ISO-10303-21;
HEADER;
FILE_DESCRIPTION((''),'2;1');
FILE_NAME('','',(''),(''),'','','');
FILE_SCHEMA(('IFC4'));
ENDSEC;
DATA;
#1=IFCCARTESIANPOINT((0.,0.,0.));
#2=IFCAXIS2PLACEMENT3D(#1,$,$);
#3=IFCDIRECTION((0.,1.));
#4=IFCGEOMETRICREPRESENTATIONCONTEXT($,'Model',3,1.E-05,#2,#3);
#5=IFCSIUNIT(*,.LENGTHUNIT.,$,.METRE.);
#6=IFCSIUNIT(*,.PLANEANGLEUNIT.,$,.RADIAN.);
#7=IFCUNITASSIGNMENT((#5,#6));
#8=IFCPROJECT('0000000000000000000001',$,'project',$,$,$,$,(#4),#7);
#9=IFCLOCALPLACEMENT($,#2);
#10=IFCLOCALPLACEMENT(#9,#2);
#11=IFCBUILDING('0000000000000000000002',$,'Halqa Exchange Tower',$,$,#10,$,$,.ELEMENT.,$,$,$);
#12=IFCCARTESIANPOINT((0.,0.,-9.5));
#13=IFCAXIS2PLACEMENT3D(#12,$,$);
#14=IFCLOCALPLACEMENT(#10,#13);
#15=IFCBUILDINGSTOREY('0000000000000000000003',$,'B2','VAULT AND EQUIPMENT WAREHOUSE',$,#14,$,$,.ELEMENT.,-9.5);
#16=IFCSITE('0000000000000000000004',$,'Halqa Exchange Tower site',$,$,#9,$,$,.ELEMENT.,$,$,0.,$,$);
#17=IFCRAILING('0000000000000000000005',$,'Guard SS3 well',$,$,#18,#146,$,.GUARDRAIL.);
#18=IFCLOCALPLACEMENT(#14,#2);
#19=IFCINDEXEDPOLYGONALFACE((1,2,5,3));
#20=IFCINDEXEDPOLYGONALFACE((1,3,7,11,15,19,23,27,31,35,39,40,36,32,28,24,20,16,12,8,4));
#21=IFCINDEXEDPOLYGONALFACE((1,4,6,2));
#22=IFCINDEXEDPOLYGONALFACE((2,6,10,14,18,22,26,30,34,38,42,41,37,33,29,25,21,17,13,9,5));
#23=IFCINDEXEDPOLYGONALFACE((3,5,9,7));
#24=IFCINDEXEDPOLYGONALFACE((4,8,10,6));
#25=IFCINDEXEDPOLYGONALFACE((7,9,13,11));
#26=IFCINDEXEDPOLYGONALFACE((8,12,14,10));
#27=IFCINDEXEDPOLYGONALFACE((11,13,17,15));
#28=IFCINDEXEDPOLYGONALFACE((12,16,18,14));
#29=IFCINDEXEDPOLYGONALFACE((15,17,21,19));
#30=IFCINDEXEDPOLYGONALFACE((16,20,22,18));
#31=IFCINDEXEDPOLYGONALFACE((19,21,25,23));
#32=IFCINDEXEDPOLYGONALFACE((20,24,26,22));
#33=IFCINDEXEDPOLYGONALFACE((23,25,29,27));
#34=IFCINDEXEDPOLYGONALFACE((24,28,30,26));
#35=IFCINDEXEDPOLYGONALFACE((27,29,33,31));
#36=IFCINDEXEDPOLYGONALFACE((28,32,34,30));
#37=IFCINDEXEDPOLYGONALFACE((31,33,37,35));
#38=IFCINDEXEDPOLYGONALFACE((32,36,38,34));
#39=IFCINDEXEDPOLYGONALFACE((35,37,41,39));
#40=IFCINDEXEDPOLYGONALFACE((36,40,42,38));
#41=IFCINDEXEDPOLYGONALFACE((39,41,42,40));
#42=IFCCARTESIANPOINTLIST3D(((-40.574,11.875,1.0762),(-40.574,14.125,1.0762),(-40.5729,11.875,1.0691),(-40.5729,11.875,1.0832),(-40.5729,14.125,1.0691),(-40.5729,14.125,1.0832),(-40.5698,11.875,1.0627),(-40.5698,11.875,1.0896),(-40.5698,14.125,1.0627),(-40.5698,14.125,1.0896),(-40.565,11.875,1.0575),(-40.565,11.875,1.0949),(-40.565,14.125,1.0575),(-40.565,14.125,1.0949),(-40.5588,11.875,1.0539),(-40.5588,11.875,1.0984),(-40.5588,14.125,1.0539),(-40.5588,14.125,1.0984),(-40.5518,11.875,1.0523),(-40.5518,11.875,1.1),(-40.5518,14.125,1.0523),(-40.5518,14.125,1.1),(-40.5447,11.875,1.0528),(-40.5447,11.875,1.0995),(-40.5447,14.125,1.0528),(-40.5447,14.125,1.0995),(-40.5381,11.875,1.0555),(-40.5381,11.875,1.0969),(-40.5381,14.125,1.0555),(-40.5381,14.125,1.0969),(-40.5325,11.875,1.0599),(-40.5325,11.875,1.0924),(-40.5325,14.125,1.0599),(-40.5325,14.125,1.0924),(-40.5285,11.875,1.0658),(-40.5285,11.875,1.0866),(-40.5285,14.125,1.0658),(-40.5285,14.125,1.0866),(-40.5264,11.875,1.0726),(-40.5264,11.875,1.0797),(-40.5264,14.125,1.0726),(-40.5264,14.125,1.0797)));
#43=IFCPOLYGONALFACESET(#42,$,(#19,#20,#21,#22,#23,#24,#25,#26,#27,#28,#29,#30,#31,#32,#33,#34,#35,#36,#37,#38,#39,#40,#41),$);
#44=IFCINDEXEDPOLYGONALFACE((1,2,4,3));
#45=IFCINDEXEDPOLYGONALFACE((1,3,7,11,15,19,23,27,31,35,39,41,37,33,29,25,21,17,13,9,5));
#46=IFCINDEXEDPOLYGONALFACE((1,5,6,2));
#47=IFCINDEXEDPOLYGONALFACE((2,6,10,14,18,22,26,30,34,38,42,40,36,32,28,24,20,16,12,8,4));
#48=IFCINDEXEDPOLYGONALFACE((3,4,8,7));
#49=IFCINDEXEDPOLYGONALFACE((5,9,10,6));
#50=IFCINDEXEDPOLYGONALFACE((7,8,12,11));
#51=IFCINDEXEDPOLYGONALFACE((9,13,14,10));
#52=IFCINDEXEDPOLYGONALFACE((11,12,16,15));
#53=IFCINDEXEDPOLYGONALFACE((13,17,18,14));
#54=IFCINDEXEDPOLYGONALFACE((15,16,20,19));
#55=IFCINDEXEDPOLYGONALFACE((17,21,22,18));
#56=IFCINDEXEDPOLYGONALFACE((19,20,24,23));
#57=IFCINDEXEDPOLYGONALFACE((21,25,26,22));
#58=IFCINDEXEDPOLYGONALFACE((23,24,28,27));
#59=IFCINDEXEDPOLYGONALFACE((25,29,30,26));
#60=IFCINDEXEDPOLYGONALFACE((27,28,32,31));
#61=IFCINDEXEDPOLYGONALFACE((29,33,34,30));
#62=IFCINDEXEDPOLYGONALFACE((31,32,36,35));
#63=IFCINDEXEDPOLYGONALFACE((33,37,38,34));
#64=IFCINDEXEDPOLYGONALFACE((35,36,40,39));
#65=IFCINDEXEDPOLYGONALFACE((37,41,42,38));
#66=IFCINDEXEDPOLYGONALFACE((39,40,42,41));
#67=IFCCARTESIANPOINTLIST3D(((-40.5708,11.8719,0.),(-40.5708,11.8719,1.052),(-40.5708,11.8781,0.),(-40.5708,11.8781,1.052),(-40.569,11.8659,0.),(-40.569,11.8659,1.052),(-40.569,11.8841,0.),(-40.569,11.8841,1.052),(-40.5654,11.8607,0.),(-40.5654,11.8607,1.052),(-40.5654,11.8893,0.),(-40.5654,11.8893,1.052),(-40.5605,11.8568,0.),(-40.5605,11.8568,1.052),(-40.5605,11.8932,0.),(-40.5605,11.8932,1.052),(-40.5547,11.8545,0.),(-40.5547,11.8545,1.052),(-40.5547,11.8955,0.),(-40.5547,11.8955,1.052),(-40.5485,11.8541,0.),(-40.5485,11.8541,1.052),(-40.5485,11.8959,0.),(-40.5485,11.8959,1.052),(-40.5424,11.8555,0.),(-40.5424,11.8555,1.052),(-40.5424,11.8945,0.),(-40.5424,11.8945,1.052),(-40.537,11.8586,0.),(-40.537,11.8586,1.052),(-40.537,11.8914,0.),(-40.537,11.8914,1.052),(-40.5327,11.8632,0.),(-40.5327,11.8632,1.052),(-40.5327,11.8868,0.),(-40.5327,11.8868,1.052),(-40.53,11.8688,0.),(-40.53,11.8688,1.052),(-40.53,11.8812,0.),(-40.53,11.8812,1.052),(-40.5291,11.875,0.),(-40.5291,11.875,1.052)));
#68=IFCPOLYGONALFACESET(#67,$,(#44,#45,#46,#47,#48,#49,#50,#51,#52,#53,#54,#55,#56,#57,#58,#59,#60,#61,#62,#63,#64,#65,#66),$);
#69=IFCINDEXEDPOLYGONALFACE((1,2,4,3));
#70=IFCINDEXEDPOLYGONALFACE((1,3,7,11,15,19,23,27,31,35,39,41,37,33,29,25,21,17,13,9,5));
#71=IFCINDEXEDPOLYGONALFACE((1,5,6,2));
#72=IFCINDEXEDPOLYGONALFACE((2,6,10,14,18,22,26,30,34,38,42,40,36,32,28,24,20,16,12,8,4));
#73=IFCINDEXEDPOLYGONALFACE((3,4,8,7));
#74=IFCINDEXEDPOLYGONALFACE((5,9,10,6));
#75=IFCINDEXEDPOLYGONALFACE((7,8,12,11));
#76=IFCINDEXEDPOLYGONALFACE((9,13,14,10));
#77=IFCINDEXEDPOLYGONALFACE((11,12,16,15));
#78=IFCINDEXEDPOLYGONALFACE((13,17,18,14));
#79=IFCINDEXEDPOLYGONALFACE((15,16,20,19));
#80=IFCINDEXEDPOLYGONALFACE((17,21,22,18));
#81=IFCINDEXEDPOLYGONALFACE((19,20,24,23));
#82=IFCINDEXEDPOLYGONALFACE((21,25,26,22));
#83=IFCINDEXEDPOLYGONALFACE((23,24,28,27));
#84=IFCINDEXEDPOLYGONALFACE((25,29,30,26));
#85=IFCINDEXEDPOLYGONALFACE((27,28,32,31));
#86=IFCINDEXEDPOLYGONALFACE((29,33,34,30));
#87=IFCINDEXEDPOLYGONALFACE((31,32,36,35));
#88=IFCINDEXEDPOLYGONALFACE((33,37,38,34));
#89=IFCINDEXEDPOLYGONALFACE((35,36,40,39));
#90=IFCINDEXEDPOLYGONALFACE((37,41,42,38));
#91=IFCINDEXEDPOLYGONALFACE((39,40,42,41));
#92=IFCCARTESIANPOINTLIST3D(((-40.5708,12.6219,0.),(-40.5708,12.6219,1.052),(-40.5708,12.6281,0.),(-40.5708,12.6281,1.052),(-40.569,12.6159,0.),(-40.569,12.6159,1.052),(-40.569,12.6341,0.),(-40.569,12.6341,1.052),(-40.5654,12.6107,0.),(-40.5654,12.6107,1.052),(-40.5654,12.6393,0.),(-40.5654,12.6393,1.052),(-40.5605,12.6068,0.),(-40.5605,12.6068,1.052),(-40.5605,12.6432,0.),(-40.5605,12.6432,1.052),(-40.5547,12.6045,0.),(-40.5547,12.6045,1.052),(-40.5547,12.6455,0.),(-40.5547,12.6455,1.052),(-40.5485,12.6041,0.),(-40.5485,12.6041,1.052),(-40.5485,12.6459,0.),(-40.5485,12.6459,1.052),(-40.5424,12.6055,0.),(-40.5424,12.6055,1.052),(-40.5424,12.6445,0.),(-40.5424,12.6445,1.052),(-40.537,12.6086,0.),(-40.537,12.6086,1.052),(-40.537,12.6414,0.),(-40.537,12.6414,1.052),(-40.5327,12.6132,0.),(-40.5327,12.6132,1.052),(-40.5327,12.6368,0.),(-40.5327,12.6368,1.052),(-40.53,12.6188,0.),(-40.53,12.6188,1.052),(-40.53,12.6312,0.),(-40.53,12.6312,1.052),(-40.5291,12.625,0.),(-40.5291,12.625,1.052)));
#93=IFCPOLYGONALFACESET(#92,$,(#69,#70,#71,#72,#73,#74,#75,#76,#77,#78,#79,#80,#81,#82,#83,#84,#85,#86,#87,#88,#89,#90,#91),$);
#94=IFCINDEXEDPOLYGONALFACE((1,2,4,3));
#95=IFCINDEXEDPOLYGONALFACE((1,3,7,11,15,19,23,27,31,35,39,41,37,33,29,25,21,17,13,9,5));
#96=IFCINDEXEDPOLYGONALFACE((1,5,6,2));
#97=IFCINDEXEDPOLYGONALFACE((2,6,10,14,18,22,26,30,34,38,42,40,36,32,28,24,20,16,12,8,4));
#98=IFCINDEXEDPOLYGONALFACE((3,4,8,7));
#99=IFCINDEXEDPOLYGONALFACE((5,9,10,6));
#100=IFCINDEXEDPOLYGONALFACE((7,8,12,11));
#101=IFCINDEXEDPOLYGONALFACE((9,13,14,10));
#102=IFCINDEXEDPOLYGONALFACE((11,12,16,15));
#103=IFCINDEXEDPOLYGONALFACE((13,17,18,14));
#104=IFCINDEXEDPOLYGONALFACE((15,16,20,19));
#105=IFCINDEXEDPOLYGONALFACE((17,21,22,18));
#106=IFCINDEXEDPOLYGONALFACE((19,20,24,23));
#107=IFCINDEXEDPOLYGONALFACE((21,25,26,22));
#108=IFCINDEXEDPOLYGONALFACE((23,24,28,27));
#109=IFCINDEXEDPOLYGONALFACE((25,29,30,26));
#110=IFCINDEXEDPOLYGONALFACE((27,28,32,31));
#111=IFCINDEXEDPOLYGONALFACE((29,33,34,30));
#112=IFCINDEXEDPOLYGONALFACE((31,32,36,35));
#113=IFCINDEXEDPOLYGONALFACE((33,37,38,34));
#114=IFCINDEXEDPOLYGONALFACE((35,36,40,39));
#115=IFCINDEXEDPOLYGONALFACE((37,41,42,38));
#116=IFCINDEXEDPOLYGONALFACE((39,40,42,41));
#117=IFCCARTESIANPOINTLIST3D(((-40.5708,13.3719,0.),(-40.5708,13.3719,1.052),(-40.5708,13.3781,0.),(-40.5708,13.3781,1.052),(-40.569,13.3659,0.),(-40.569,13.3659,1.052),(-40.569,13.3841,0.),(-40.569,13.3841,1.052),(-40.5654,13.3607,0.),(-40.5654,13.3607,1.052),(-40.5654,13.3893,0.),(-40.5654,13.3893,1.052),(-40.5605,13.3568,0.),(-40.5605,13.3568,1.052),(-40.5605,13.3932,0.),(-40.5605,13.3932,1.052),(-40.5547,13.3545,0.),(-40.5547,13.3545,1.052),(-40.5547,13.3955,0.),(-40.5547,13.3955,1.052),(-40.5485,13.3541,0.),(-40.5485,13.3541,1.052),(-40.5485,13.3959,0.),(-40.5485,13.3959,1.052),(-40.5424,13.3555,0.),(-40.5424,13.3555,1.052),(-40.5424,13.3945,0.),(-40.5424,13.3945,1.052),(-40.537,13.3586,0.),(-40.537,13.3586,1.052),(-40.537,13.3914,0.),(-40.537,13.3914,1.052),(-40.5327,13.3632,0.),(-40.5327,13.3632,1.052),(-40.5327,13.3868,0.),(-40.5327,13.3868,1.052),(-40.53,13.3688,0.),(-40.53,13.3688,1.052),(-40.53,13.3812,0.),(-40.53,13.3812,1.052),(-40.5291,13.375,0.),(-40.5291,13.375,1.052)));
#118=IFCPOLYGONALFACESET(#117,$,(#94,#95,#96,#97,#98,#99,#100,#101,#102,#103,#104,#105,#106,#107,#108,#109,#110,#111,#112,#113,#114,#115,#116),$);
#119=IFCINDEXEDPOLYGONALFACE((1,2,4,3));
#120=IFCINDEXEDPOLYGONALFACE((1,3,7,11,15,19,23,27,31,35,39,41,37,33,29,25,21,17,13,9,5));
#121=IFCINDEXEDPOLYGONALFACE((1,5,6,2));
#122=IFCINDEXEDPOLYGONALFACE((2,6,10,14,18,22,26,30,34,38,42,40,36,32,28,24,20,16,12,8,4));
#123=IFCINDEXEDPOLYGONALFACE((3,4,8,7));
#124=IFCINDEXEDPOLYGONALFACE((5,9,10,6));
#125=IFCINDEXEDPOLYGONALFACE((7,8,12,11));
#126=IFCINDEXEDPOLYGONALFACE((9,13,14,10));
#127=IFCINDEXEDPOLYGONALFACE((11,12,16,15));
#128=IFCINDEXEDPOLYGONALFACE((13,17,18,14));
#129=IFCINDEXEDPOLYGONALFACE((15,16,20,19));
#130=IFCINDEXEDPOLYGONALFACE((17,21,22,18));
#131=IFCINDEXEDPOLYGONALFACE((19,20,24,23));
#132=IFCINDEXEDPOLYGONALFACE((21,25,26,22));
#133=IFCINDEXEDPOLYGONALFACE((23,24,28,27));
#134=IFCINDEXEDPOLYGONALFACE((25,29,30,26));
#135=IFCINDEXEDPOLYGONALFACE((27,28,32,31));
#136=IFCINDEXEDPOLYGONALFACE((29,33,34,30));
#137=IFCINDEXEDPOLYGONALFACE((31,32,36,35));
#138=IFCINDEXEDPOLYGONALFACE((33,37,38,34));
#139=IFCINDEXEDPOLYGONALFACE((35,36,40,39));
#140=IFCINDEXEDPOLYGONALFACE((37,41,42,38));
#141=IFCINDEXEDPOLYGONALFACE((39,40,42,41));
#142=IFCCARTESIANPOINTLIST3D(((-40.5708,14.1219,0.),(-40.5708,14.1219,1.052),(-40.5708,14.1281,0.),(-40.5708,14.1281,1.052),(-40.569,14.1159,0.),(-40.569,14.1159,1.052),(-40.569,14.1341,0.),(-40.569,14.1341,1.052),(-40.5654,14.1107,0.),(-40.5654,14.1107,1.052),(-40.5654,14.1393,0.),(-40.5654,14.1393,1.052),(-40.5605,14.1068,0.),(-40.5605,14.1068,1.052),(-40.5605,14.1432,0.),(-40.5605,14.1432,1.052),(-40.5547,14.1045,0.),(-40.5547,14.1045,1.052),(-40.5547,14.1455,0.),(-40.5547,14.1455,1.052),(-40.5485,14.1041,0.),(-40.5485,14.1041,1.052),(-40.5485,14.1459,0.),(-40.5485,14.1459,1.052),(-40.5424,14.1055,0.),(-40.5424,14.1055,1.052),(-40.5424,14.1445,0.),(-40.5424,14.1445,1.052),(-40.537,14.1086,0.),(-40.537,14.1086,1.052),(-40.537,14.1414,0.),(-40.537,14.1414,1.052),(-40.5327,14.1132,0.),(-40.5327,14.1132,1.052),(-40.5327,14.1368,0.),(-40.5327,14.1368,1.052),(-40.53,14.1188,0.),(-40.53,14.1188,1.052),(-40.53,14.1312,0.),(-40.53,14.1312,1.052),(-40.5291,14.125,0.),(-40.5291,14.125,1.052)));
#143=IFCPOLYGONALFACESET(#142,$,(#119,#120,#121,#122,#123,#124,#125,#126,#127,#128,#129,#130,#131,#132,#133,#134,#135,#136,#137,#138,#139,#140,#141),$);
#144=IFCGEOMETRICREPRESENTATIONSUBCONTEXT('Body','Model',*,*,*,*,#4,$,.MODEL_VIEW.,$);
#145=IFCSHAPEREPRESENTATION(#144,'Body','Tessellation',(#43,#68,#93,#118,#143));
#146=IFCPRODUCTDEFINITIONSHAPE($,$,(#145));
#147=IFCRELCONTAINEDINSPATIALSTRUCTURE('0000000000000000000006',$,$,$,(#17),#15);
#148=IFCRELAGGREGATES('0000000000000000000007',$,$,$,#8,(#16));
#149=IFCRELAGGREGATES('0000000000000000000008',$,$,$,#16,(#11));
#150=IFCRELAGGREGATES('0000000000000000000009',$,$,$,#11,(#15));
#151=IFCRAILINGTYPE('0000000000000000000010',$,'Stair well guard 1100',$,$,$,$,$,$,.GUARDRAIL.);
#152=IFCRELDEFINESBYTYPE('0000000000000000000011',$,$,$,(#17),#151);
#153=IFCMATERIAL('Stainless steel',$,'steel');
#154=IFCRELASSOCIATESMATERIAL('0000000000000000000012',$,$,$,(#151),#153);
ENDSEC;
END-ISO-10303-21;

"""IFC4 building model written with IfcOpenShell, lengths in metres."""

from ifc_helpers import new_model, si_unit, direction, frame, origin, origin_2d, place, context, subcontext, project, spatial, circle, extrude, material, type_object, element, save


model = new_model("IFC4")

# Units and contexts
model_context = context("Model", 3, precision=1e-05, world=origin(), true_north=direction((0.0, 1.0)))
body_context = subcontext(model_context, "Body", "Model", "MODEL_VIEW")
ifc_project = project(units=[si_unit("LENGTHUNIT", "METRE"), si_unit("PLANEANGLEUNIT", "RADIAN")], contexts=[model_context])

# Site, building, storey
site_placement = place(None, origin())
site = spatial("IfcSite", under=ifc_project, at=site_placement, Name="Halqa Exchange Tower site", CompositionType="ELEMENT", RefElevation=0.0)
building_placement = place(site_placement, origin())
building = spatial("IfcBuilding", under=site, at=building_placement, Name="Halqa Exchange Tower", CompositionType="ELEMENT")
storey_placement = place(building_placement, frame((0.0, 0.0, -9.5)))
storey = spatial("IfcBuildingStorey", under=building, at=storey_placement, Name="B2", Description="VAULT AND EQUIPMENT WAREHOUSE", CompositionType="ELEMENT", Elevation=-9.5)

# Railing
ifc_material_1 = material(Name="Stainless steel", Category="steel")
railing_type_1 = type_object("IfcRailingType", Name="Stair well guard 1100", PredefinedType="GUARDRAIL", material=ifc_material_1)
railing_1_placement = place(storey_placement, frame((-40.55, 11.875, 0.0)))
element("IfcRailing", 1, at=railing_1_placement, inside=storey, type_object=railing_type_1, Name="Guard SS3 well", PredefinedType="GUARDRAIL", context=body_context, shape_type="SweptSolid", body=[
    extrude(circle(Radius=0.0239, at=origin_2d()), frame((0.0, 0.0, 1.0762), z_axis=(0.0, 1.0, 0.0), x_axis=(-1.0, 0.0, 0.0)), (0.0, 0.0, 1.0), 2.25),
    extrude(circle(Radius=0.021, at=origin_2d()), origin(), (0.0, 0.0, 1.0), 1.052),
    extrude(circle(Radius=0.021, at=origin_2d()), frame((0.0, 0.75, 0.0)), (0.0, 0.0, 1.0), 1.052),
    extrude(circle(Radius=0.021, at=origin_2d()), frame((0.0, 1.5, 0.0)), (0.0, 0.0, 1.0), 1.052),
    extrude(circle(Radius=0.021, at=origin_2d()), frame((0.0, 2.25, 0.0)), (0.0, 0.0, 1.0), 1.052),
])

save(model, "model.ifc")
